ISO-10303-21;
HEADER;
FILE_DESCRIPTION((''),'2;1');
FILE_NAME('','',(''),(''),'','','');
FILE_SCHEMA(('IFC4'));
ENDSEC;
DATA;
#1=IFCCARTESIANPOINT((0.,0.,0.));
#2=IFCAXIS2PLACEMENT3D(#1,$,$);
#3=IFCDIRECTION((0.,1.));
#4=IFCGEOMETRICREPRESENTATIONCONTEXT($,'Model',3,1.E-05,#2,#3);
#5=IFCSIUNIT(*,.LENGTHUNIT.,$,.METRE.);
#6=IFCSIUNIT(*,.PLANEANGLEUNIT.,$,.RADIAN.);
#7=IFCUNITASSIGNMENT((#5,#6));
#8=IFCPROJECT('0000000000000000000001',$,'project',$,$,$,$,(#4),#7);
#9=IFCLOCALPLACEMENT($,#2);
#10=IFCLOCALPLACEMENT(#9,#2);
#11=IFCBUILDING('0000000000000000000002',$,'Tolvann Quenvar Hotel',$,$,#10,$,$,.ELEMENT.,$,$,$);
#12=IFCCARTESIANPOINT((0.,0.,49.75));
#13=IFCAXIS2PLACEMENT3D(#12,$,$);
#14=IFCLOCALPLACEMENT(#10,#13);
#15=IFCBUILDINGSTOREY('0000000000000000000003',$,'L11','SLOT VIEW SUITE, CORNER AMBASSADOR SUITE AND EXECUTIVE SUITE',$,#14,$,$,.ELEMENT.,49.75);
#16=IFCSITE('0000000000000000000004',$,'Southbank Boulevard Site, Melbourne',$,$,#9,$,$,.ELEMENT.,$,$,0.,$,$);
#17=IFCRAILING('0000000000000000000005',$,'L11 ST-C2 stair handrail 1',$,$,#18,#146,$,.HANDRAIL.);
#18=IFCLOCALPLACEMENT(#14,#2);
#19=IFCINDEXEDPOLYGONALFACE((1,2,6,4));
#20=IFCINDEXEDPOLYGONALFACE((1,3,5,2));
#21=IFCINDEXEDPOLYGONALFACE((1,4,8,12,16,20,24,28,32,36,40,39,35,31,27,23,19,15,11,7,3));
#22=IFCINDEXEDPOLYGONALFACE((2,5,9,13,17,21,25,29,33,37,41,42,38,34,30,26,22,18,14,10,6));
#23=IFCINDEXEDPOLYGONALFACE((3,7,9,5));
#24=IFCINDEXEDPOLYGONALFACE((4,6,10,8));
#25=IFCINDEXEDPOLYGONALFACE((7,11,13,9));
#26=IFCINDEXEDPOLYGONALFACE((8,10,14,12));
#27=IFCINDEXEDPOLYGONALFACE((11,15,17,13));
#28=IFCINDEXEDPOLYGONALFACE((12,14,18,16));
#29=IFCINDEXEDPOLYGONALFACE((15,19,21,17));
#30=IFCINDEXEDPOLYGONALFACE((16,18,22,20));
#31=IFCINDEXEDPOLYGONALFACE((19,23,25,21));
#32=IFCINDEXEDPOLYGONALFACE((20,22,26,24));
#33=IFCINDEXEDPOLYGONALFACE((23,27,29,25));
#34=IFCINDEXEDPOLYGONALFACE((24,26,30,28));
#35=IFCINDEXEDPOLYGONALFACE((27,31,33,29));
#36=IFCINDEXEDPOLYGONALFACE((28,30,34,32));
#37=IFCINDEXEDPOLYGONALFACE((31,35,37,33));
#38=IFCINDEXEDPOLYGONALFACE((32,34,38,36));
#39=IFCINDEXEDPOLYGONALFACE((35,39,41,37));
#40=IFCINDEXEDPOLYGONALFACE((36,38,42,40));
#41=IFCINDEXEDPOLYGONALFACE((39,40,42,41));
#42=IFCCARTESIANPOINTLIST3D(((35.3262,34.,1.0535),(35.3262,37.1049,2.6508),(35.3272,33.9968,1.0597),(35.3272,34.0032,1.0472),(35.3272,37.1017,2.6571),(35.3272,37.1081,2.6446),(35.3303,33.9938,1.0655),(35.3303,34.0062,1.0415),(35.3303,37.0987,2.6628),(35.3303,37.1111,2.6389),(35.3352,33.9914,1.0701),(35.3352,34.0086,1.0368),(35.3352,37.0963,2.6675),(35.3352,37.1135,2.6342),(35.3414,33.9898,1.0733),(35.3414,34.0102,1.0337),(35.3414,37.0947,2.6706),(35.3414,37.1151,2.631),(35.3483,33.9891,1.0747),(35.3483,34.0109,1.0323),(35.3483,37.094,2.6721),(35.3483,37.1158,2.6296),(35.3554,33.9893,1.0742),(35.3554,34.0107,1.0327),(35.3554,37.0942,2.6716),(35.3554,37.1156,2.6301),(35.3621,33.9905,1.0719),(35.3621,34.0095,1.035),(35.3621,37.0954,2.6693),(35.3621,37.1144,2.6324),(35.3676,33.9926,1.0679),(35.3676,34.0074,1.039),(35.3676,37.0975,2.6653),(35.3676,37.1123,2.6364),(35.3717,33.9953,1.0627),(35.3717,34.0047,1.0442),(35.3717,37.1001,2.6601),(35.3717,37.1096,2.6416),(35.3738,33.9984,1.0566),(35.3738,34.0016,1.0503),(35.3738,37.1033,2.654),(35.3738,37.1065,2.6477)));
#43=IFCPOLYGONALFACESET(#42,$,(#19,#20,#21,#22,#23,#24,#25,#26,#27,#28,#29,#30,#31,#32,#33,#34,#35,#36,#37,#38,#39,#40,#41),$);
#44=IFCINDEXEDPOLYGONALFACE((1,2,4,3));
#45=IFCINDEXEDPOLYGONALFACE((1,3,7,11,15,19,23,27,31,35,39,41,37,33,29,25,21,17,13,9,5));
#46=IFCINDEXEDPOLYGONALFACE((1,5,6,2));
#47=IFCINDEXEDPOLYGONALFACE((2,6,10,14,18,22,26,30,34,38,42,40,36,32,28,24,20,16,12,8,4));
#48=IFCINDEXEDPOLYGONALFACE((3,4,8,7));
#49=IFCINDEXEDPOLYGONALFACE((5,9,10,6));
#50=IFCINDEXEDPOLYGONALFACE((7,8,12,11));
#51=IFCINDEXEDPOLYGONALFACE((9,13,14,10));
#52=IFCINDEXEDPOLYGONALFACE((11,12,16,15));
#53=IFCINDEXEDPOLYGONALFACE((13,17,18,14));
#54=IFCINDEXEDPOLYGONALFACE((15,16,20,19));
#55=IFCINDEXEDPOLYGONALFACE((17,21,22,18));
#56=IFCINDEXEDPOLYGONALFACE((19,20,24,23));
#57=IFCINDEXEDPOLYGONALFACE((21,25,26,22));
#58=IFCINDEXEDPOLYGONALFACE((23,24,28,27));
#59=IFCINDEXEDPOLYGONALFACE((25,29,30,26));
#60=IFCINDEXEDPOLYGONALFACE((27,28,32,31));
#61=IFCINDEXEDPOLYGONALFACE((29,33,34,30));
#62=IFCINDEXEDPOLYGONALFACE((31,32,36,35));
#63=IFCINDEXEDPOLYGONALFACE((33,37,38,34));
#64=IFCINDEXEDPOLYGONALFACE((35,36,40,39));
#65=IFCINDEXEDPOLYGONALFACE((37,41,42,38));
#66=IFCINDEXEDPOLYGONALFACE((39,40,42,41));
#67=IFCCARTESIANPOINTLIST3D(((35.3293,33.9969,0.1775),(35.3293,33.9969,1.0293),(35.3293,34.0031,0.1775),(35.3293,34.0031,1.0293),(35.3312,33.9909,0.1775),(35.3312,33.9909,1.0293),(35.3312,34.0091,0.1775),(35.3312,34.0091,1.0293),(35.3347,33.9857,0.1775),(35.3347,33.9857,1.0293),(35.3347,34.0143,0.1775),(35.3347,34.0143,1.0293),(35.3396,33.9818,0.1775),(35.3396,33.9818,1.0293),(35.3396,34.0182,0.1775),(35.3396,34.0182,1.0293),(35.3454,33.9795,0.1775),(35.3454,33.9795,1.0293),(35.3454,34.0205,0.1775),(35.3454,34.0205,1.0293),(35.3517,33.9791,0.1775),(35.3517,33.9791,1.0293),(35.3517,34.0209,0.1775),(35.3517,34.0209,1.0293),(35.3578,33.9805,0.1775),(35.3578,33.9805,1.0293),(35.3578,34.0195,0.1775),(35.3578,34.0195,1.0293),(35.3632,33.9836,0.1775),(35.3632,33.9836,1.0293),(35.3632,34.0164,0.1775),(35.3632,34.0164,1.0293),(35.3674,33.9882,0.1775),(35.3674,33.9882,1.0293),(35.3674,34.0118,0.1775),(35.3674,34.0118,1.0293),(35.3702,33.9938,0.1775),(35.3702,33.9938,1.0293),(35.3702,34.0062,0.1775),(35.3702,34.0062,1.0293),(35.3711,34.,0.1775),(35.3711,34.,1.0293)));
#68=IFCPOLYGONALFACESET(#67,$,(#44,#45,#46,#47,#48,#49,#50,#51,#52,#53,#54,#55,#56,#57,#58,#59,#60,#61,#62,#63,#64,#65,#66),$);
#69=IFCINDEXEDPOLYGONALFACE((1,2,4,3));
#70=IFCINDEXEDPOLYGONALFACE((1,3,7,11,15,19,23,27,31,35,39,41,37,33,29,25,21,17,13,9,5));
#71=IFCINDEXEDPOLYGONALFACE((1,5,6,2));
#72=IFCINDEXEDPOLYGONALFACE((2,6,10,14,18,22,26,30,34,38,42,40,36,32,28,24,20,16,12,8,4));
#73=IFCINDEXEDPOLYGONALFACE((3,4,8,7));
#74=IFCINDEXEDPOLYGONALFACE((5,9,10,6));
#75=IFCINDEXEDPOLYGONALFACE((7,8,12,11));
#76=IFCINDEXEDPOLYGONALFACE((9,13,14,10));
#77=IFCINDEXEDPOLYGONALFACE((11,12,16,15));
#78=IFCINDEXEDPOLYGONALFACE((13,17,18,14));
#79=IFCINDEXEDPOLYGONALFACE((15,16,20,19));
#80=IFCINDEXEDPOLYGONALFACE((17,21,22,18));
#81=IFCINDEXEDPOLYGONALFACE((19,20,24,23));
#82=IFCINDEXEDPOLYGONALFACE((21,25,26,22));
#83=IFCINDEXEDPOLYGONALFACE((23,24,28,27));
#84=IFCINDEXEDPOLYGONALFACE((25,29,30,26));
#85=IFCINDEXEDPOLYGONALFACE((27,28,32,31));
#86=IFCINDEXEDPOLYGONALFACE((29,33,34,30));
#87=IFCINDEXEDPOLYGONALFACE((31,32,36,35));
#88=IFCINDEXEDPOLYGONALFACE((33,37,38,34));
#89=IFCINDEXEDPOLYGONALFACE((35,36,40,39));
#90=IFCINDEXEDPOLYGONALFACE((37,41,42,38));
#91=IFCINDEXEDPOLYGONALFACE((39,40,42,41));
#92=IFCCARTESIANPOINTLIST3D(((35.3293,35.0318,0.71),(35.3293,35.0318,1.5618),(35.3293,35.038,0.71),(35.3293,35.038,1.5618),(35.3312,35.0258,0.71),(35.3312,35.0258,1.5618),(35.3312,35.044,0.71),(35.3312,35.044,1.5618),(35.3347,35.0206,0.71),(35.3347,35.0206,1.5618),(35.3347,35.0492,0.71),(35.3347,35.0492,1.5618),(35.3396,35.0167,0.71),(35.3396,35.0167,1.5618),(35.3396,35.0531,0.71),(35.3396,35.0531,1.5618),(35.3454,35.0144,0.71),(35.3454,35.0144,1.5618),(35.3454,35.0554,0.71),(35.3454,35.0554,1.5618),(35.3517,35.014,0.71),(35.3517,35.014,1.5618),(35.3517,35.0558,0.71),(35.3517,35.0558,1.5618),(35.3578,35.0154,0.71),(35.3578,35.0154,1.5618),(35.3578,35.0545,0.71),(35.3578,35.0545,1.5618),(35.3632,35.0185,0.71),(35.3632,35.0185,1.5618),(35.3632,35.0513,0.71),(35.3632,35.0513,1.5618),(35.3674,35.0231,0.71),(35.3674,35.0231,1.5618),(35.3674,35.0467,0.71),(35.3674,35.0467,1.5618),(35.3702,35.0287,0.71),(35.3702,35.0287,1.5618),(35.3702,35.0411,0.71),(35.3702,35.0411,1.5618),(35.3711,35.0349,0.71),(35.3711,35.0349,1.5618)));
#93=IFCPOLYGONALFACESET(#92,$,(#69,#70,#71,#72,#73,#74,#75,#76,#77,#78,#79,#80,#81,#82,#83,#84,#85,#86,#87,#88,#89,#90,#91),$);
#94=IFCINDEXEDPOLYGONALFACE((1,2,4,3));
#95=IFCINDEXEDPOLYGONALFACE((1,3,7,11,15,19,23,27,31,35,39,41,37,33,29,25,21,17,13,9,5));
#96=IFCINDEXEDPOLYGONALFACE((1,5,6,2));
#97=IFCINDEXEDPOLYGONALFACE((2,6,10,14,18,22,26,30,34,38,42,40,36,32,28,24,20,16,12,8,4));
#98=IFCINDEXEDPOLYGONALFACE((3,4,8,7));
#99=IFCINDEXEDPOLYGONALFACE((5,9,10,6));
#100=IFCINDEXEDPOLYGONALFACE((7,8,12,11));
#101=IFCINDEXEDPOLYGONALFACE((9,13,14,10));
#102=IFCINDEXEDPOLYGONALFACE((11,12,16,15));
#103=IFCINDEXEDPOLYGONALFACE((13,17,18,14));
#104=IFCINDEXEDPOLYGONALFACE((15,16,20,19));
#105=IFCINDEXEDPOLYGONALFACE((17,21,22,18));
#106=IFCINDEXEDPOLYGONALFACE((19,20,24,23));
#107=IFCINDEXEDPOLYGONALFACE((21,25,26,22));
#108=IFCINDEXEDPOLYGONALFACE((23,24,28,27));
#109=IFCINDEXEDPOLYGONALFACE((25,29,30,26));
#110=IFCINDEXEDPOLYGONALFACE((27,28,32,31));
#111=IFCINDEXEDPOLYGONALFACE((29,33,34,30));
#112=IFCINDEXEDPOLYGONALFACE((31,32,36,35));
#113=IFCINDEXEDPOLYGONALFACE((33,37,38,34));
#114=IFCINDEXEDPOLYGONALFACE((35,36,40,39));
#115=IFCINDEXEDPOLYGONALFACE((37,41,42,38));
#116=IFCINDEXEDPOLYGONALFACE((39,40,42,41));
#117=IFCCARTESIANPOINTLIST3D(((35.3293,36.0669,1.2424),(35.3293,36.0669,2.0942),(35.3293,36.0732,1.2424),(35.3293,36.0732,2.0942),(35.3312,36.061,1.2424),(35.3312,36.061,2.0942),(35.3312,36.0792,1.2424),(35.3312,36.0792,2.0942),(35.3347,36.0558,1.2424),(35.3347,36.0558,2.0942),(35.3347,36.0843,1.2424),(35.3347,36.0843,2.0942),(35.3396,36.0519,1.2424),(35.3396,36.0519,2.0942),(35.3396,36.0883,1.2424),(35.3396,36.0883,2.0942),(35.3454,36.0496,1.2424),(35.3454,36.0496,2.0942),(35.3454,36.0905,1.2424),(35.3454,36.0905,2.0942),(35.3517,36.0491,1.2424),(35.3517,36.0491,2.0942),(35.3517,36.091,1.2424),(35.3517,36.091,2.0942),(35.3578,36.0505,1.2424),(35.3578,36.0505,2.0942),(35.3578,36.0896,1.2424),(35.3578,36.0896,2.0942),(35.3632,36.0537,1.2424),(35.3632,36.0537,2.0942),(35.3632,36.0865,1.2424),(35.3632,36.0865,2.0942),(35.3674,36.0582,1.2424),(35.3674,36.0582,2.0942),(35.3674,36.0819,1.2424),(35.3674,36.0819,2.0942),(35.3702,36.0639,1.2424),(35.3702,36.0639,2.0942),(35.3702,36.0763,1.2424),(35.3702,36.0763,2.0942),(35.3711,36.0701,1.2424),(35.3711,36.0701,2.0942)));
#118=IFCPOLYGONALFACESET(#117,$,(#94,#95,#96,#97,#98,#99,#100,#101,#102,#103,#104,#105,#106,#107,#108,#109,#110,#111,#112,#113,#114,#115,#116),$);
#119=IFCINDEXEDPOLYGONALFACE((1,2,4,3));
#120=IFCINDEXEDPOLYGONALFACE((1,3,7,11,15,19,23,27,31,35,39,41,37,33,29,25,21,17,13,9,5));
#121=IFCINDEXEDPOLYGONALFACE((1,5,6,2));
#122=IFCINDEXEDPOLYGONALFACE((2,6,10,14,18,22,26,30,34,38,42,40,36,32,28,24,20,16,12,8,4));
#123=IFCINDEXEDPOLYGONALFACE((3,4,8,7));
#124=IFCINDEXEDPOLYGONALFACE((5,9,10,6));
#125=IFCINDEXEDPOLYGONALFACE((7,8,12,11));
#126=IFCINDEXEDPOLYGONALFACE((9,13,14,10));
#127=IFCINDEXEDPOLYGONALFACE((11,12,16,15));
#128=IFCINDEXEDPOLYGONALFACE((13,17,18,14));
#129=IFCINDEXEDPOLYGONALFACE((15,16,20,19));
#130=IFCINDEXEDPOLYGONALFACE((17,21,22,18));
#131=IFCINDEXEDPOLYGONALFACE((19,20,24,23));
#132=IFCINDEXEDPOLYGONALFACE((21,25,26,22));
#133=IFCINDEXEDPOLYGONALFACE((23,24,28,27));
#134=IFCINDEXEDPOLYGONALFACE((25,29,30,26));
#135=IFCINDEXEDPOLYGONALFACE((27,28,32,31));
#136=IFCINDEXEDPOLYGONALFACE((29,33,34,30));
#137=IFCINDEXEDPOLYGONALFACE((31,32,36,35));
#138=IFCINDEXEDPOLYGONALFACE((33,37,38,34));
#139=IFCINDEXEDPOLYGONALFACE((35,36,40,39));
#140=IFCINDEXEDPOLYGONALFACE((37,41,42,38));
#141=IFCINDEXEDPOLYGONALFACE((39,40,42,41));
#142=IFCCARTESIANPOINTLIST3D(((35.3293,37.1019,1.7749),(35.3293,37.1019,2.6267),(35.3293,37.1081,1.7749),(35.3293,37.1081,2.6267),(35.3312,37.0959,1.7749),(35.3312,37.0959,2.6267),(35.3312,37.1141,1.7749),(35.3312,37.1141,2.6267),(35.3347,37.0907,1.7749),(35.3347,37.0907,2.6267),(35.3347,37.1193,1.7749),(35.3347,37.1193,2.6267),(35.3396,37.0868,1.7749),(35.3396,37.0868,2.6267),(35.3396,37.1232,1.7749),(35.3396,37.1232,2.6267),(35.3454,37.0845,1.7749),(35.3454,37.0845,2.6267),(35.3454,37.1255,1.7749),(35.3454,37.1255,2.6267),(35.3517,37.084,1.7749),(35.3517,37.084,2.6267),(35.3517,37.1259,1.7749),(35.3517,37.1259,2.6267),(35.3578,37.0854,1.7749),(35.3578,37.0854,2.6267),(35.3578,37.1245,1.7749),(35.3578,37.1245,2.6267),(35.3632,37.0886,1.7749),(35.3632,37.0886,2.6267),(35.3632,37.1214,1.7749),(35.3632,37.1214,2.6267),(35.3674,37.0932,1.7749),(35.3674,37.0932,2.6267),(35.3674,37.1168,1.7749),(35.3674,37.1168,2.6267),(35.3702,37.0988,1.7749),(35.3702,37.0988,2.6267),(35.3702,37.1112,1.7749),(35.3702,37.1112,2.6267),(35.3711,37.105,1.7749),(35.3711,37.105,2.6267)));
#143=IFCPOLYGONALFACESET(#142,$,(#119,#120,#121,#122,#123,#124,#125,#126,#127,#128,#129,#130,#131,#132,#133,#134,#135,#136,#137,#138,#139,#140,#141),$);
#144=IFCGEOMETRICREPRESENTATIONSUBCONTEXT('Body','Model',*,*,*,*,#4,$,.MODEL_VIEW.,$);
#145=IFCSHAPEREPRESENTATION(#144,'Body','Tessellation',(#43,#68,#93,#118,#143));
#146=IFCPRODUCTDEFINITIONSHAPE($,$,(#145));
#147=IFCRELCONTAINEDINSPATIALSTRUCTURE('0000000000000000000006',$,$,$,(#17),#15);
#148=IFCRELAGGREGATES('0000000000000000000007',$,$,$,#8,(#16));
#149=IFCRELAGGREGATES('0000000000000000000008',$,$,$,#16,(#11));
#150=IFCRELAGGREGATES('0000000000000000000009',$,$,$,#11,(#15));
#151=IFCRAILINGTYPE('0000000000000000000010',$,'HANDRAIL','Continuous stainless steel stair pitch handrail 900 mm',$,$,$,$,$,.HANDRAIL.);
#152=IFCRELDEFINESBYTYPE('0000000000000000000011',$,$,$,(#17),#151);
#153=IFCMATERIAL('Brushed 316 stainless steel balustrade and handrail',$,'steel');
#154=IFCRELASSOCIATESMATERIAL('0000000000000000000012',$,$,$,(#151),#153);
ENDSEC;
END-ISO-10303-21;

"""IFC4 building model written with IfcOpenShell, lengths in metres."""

from ifc_helpers import new_model, si_unit, direction, frame, origin, origin_2d, place, context, subcontext, project, spatial, circle, extrude, material, type_object, element, save


model = new_model("IFC4")

# Units and contexts
model_context = context("Model", 3, precision=1e-05, world=origin(), true_north=direction((0.0, 1.0)))
body_context = subcontext(model_context, "Body", "Model", "MODEL_VIEW")
ifc_project = project(units=[si_unit("LENGTHUNIT", "METRE"), si_unit("PLANEANGLEUNIT", "RADIAN")], contexts=[model_context])

# Site, building, storey
site_placement = place(None, origin())
site = spatial("IfcSite", under=ifc_project, at=site_placement, Name="Southbank Boulevard Site, Melbourne", CompositionType="ELEMENT", RefElevation=0.0)
building_placement = place(site_placement, origin())
building = spatial("IfcBuilding", under=site, at=building_placement, Name="Tolvann Quenvar Hotel", CompositionType="ELEMENT")
storey_placement = place(building_placement, frame((0.0, 0.0, 49.75)))
storey = spatial("IfcBuildingStorey", under=building, at=storey_placement, Name="L11", Description="SLOT VIEW SUITE, CORNER AMBASSADOR SUITE AND EXECUTIVE SUITE", CompositionType="ELEMENT", Elevation=49.75)

# Railing
ifc_material_1 = material(Name="Brushed 316 stainless steel balustrade and handrail", Category="steel")
railing_type_1 = type_object("IfcRailingType", Name="HANDRAIL", Description="Continuous stainless steel stair pitch handrail 900 mm", PredefinedType="HANDRAIL", material=ifc_material_1)
railing_1_placement = place(storey_placement, frame((35.3501, 34.0, 0.1775)))
element("IfcRailing", 1, at=railing_1_placement, inside=storey, type_object=railing_type_1, Name="L11 ST-C2 stair handrail 1", PredefinedType="HANDRAIL", context=body_context, shape_type="SweptSolid", body=[
    extrude(circle(Radius=0.0239, at=origin_2d()), frame((0.0, 0.0, 0.876), z_axis=(0.0, 0.889222, 0.457476), x_axis=(-1.0, 0.0, 0.0)), (0.0, 0.0, 1.0), 3.4917),
    extrude(circle(Radius=0.021, at=origin_2d()), origin(), (0.0, 0.0, 1.0), 0.8518),
    extrude(circle(Radius=0.021, at=origin_2d()), frame((0.0, 1.0349, 0.5325)), (0.0, 0.0, 1.0), 0.8518),
    extrude(circle(Radius=0.021, at=origin_2d()), frame((0.0, 2.0701, 1.0649)), (0.0, 0.0, 1.0), 0.8518),
    extrude(circle(Radius=0.021, at=origin_2d()), frame((0.0, 3.105, 1.5974)), (0.0, 0.0, 1.0), 0.8518),
])

save(model, "model.ifc")
